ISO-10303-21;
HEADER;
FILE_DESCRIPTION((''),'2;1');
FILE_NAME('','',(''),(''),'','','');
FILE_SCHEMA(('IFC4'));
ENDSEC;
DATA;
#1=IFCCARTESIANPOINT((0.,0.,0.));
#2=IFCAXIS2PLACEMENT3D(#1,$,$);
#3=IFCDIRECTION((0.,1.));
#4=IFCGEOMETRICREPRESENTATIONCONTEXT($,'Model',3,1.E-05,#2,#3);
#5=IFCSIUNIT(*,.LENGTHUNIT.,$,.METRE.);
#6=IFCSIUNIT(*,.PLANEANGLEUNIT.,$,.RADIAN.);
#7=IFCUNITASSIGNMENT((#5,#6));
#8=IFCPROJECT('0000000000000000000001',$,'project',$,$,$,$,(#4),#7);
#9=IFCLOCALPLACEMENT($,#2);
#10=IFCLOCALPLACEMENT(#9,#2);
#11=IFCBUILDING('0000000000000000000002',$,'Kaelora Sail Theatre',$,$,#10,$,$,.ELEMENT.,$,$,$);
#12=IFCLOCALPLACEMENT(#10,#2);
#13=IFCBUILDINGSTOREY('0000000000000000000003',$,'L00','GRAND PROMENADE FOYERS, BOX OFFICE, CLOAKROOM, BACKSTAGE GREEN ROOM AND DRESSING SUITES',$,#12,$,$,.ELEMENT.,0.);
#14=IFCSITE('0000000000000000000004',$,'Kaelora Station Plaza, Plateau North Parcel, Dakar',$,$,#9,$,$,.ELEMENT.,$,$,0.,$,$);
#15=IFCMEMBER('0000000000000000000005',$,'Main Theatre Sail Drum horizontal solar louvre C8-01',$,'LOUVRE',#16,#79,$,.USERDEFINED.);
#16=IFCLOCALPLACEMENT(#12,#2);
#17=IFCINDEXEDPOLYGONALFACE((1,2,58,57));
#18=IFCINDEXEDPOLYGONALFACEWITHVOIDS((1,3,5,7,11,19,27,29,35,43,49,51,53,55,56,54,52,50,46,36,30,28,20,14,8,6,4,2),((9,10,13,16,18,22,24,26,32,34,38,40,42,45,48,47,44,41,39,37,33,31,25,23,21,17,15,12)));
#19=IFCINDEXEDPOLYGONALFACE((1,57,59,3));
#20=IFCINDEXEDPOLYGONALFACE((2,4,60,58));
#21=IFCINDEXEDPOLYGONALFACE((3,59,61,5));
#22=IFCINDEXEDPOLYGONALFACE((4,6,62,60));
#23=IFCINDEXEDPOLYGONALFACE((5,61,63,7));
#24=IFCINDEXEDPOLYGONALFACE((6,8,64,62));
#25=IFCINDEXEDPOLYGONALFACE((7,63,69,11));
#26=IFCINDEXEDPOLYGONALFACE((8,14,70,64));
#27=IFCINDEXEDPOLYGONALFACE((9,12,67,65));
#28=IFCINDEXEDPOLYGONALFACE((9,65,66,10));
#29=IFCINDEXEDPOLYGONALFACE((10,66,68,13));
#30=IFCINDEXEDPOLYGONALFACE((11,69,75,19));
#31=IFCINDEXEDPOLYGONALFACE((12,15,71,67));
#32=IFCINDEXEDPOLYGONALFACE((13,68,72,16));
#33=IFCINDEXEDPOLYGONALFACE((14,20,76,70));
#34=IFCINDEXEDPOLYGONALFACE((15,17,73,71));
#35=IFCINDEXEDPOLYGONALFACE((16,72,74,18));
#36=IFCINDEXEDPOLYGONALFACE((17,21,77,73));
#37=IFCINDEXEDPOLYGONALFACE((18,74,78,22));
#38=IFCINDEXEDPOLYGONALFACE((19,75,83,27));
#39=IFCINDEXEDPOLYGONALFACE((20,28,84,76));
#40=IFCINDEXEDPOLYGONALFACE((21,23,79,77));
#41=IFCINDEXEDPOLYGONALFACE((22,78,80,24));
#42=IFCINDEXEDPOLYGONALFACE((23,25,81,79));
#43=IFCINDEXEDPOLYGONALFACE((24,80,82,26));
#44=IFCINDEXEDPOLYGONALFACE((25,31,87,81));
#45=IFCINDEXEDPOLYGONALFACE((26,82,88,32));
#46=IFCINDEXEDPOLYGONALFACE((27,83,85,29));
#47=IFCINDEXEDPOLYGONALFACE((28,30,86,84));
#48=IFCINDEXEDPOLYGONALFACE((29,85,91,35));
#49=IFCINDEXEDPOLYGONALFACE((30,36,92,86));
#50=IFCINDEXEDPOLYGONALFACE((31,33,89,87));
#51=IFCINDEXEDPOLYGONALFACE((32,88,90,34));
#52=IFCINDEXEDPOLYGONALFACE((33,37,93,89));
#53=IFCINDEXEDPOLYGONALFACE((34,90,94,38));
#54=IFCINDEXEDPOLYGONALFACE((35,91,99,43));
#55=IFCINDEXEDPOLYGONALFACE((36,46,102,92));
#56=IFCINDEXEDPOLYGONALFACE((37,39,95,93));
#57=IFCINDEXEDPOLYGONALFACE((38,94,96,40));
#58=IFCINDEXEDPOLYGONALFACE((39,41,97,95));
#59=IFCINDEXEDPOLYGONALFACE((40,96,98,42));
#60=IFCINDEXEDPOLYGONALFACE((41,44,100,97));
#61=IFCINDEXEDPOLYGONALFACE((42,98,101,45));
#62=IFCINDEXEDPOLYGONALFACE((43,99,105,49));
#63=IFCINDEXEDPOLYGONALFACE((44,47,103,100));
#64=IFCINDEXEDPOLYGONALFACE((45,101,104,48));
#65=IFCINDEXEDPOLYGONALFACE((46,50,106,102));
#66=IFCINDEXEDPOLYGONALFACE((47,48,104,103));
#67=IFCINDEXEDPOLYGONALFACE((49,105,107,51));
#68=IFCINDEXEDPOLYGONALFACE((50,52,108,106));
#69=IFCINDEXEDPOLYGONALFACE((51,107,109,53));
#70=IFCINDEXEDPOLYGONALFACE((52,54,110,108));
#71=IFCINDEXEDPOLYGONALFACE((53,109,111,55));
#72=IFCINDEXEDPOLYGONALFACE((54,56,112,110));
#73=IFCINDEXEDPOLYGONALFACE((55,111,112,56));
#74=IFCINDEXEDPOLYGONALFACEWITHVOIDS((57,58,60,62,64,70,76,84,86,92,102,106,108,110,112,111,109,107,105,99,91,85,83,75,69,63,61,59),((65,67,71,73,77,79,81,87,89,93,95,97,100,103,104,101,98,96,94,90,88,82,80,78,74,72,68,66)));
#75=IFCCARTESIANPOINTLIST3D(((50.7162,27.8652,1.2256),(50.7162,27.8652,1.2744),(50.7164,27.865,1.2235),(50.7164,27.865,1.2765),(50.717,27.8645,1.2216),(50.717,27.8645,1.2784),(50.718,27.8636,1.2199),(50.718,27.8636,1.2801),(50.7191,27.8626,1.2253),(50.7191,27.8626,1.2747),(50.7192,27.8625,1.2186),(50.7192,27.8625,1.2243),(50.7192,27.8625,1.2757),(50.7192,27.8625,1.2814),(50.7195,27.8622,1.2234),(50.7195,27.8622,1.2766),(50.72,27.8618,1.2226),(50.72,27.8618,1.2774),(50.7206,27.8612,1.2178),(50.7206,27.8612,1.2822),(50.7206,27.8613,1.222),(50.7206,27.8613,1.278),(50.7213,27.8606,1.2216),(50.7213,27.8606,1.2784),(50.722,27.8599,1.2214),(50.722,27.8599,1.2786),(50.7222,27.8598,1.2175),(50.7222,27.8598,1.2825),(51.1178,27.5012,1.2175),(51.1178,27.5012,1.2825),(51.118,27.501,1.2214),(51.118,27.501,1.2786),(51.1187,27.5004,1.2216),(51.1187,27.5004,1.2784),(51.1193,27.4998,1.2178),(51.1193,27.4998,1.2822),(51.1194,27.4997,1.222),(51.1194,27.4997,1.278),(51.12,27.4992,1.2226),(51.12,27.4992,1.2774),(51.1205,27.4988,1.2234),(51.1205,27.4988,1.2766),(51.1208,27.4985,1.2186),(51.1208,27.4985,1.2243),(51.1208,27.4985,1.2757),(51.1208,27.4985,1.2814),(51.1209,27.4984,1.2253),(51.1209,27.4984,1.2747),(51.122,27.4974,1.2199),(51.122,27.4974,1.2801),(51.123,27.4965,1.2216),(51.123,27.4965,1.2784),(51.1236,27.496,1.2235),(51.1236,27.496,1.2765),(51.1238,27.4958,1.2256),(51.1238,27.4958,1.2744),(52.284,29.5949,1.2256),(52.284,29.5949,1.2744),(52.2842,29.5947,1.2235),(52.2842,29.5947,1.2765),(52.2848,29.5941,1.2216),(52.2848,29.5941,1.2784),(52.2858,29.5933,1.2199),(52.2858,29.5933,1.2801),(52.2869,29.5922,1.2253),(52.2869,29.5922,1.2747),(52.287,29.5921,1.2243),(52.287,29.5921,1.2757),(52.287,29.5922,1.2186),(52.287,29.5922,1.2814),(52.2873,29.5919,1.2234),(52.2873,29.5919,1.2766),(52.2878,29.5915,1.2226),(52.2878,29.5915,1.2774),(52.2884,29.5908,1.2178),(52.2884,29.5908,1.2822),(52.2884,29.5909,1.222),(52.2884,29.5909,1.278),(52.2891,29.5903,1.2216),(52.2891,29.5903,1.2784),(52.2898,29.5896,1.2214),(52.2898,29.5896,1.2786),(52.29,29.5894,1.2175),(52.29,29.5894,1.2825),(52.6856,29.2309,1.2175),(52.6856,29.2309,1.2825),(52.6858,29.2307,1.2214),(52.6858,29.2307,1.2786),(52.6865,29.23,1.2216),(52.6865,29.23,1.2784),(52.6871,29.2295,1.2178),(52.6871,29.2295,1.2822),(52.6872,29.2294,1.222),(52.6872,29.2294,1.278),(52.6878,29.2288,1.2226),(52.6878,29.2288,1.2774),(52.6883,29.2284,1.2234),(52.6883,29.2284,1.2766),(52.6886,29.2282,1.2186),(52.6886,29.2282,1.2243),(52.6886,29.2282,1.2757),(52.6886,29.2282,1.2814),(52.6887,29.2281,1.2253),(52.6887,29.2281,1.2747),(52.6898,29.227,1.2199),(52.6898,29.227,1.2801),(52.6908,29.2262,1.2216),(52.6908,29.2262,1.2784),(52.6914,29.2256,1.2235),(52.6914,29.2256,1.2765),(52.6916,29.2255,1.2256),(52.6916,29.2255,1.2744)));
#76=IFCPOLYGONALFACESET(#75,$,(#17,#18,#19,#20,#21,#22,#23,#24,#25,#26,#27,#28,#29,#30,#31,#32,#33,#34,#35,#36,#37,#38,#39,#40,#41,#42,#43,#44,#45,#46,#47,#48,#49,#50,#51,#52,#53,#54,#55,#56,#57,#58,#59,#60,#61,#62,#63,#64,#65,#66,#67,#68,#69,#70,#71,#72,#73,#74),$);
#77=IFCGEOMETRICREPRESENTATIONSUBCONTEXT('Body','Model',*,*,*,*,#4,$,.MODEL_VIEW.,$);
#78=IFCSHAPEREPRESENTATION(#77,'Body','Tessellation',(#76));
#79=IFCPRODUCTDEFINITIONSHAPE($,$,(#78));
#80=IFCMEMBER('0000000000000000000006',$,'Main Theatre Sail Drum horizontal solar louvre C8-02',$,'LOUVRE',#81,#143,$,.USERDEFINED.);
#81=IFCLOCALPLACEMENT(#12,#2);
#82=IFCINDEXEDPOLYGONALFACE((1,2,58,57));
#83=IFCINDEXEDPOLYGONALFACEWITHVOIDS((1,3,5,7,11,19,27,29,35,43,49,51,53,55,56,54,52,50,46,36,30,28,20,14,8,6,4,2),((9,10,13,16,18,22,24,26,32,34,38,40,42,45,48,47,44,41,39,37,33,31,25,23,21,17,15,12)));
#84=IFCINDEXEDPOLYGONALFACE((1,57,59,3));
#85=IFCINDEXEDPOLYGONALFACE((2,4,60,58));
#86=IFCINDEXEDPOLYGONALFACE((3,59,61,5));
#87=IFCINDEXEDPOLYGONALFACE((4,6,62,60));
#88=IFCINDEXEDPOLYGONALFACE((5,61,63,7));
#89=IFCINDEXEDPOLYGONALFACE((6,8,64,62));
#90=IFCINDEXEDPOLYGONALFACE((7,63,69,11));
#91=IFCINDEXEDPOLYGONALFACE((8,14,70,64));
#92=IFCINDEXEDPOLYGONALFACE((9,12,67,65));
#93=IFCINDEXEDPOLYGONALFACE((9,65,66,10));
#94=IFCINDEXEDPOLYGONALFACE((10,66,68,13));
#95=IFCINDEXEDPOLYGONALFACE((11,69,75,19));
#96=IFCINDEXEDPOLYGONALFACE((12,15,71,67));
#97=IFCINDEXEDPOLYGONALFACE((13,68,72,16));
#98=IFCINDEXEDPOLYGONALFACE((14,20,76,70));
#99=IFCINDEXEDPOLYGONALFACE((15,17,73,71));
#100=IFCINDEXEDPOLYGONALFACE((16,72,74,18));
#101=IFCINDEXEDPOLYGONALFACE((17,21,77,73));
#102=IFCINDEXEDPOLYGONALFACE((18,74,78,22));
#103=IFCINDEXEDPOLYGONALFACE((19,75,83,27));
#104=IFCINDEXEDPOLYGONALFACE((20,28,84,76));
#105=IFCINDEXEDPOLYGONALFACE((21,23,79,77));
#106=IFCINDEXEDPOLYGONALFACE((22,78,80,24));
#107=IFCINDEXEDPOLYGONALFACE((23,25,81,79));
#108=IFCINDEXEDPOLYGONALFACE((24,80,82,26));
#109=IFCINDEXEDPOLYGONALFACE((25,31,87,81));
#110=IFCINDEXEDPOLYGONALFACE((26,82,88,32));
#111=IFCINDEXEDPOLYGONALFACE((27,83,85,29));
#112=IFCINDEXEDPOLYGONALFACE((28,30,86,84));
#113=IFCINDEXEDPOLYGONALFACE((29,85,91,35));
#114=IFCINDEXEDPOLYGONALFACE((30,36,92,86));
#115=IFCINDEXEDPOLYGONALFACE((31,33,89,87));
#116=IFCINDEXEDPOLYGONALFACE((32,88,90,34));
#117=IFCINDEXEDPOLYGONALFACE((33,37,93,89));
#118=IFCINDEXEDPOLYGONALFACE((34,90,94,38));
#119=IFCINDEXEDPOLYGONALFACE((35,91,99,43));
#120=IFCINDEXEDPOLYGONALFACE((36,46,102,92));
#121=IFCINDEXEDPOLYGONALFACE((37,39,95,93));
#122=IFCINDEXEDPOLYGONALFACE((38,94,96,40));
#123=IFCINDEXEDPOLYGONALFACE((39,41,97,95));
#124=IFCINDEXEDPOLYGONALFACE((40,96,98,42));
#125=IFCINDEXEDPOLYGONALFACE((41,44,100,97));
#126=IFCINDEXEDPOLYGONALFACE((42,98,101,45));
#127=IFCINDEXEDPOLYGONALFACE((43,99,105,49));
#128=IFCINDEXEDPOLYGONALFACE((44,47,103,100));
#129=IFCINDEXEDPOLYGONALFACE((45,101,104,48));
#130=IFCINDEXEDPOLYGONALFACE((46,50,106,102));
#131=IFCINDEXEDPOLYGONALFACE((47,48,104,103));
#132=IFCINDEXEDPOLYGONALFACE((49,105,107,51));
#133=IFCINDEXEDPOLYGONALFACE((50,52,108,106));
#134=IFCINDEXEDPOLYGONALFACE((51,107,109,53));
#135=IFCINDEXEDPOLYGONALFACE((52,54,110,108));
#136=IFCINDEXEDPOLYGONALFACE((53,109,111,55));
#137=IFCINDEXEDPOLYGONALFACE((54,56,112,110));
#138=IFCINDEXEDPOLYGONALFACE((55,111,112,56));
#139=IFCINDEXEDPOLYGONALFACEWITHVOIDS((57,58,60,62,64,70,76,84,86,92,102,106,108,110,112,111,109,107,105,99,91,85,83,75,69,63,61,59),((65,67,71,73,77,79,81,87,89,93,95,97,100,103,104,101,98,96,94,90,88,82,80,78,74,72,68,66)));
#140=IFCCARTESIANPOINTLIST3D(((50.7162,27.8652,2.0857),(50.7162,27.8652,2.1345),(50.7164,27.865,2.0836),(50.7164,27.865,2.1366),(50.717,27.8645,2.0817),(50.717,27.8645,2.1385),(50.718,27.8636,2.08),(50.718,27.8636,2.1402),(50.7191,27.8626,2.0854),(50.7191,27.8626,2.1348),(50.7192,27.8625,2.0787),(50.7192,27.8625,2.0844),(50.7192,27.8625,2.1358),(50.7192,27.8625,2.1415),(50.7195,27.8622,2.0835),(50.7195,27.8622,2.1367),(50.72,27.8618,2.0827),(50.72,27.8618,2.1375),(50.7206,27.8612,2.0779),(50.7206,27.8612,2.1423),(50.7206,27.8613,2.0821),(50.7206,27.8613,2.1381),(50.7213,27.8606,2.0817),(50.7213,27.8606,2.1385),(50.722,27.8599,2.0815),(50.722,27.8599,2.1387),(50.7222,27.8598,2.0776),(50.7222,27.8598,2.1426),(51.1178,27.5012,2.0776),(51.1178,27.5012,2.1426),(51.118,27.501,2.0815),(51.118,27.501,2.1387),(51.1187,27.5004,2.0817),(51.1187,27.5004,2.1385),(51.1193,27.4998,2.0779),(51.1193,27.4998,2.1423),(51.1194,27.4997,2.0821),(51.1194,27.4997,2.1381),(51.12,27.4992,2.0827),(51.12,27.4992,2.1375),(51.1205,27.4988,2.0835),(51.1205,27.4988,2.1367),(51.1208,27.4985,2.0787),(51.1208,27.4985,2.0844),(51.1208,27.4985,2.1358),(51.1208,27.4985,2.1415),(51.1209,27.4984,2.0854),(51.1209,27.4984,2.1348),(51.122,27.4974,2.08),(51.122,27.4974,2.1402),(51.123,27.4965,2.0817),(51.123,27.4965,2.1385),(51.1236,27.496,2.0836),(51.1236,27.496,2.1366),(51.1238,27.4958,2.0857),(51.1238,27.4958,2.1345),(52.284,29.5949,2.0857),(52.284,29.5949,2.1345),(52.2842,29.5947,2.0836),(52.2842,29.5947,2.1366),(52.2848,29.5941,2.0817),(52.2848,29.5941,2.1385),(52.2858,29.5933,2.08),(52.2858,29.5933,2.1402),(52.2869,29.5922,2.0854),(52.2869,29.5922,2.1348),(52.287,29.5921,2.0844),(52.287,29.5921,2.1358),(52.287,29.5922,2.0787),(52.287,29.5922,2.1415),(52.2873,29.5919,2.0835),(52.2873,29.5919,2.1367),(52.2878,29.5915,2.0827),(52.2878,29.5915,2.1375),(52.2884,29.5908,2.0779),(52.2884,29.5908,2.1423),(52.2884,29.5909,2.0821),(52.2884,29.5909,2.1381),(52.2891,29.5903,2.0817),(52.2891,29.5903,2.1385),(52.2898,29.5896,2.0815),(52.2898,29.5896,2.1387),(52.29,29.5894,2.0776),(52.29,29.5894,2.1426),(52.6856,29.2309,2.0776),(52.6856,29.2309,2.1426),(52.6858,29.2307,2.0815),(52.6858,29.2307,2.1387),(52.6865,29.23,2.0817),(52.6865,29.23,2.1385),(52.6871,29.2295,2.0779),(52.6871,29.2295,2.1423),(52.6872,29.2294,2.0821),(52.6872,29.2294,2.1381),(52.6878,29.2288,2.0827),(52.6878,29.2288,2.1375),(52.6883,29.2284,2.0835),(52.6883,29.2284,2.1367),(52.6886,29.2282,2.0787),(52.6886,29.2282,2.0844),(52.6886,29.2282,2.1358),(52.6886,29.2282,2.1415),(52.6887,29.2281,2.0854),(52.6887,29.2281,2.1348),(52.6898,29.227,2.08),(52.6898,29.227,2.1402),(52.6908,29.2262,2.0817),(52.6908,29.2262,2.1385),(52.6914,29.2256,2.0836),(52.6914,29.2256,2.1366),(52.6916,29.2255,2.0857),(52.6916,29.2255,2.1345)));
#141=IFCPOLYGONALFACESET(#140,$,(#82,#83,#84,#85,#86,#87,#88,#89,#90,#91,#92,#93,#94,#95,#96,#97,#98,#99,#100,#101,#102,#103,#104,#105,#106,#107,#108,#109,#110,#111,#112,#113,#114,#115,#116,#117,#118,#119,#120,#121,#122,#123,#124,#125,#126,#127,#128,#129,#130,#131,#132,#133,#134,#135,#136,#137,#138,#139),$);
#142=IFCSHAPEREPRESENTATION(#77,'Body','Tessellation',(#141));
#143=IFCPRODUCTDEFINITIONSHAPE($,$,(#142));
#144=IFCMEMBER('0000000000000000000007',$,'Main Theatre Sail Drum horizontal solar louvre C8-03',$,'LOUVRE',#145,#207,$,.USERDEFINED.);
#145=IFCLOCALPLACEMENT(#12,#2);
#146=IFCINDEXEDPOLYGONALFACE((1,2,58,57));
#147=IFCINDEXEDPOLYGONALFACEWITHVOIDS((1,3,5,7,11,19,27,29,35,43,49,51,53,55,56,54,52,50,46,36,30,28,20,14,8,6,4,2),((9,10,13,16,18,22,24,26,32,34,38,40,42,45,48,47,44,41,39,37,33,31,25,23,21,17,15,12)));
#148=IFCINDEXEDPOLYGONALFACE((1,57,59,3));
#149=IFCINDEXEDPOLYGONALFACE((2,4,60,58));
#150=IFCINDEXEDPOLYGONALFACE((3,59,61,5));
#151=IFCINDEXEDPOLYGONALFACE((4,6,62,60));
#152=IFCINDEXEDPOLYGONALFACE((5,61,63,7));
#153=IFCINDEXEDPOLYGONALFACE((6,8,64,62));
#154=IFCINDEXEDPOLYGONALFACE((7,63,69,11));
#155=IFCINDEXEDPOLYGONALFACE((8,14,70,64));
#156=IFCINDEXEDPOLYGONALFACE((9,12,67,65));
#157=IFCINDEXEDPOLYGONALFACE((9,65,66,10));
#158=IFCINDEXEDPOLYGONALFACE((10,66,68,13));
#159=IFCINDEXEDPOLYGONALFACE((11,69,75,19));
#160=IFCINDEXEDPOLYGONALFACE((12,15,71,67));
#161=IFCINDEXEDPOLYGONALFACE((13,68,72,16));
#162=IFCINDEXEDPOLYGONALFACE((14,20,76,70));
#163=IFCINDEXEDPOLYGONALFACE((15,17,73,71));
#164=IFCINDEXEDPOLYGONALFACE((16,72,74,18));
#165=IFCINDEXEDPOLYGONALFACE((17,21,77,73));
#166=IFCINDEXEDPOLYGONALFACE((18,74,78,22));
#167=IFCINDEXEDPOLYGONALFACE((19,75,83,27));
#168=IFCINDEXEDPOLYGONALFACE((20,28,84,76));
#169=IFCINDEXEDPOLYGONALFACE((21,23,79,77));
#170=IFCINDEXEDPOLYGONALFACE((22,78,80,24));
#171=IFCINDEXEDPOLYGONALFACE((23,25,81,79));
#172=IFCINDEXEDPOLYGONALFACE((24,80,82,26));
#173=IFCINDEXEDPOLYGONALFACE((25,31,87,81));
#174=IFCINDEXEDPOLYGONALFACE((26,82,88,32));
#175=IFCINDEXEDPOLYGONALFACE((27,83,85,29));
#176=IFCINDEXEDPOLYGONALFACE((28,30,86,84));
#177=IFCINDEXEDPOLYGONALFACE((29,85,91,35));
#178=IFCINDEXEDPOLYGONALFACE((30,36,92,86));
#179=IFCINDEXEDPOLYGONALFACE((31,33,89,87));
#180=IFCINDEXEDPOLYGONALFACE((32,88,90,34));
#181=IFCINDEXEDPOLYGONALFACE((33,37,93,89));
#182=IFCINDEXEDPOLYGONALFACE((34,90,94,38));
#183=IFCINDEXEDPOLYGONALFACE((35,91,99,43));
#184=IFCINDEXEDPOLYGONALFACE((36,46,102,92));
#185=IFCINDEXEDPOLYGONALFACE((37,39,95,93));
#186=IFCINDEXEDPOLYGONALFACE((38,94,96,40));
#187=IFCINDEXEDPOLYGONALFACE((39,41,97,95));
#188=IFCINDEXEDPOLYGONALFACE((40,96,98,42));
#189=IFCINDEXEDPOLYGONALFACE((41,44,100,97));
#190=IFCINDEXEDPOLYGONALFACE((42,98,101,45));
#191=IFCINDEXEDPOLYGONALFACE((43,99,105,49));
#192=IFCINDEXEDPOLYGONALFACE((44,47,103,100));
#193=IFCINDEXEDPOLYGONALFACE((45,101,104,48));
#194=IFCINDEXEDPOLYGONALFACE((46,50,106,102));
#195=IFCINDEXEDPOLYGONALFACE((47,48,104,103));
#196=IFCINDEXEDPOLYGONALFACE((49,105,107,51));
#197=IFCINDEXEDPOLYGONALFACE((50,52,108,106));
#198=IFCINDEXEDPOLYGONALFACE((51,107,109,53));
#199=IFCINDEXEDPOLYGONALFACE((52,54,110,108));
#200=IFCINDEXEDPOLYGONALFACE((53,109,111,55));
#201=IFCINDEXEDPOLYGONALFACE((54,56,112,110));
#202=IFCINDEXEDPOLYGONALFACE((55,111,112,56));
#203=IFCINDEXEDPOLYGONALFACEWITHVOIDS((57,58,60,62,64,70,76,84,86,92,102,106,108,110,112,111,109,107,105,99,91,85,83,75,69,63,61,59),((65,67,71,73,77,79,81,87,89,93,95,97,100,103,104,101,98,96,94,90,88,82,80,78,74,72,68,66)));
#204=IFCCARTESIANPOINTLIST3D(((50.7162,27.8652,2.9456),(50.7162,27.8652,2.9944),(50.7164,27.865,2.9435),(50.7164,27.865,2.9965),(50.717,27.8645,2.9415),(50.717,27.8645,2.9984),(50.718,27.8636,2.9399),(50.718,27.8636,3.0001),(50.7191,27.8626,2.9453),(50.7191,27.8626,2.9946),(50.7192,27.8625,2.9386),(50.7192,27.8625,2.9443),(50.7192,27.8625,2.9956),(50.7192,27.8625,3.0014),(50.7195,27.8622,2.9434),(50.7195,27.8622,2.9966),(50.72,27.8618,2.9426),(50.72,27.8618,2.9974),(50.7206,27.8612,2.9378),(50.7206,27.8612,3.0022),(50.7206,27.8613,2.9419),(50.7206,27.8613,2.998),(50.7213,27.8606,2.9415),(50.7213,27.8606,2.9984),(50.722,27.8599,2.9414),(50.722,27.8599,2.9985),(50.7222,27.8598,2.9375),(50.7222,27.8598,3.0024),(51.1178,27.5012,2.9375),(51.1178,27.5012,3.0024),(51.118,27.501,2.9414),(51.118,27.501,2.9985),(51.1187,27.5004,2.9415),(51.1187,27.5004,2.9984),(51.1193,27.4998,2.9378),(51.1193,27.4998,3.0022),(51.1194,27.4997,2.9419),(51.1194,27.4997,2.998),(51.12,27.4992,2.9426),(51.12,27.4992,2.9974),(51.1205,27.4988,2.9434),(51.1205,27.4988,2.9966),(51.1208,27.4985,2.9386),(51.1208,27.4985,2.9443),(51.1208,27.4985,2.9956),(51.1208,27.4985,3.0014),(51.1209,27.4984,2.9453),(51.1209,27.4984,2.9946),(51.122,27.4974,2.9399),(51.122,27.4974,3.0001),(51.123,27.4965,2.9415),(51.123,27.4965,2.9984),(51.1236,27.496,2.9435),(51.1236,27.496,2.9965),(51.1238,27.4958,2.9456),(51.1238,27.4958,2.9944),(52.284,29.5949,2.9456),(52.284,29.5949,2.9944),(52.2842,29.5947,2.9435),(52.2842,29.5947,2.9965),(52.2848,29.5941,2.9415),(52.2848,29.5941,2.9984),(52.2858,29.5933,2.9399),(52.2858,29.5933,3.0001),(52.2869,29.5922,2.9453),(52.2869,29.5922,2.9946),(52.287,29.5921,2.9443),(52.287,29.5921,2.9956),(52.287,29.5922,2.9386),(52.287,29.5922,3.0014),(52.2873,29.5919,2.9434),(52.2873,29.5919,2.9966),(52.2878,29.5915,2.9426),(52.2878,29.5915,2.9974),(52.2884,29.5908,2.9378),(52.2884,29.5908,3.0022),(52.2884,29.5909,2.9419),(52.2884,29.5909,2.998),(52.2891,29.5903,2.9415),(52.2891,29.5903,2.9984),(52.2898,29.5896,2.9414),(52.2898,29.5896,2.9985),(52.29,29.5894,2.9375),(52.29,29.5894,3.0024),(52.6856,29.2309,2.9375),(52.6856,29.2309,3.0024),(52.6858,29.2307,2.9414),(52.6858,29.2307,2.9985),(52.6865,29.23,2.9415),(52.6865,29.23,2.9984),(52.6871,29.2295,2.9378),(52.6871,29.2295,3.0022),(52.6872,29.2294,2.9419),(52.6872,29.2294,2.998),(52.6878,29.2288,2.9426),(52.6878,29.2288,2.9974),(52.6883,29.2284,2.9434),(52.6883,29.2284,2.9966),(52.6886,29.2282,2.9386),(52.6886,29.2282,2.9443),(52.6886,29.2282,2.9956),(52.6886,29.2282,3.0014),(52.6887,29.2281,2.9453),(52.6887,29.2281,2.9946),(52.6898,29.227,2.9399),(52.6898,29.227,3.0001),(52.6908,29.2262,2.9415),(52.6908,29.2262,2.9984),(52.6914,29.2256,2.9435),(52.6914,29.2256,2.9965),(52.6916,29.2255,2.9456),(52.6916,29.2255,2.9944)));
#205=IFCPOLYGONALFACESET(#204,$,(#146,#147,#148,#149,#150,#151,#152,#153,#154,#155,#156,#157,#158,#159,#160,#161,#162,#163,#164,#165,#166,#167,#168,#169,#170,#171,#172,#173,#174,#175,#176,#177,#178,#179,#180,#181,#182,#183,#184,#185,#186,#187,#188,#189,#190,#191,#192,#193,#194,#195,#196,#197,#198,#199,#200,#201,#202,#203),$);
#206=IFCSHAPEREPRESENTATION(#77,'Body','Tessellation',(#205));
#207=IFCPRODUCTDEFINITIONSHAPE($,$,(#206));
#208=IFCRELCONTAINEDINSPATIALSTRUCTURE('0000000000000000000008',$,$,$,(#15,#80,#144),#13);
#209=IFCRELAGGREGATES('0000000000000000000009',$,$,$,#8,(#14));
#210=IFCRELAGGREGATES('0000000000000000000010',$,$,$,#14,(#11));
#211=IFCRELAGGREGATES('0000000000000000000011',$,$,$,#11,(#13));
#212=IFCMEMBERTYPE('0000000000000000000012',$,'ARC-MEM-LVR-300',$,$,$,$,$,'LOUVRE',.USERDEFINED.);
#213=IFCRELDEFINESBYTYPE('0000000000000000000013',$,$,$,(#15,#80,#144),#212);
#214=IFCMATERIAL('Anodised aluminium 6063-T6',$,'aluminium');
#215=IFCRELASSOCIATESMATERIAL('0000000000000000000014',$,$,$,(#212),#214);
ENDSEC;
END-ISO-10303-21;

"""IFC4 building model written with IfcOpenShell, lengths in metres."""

from ifc_helpers import new_model, si_unit, direction, frame, origin, origin_2d, place, context, subcontext, project, spatial, hollow_rectangle, extrude, material, material_profile, profile_set, type_object, element, save


model = new_model("IFC4")

# Units and contexts
model_context = context("Model", 3, precision=1e-05, world=origin(), true_north=direction((0.0, 1.0)))
body_context = subcontext(model_context, "Body", "Model", "MODEL_VIEW")
ifc_project = project(units=[si_unit("LENGTHUNIT", "METRE"), si_unit("PLANEANGLEUNIT", "RADIAN")], contexts=[model_context])

# Site, building, storey
site_placement = place(None, origin())
site = spatial("IfcSite", under=ifc_project, at=site_placement, Name="Kaelora Station Plaza, Plateau North Parcel, Dakar", CompositionType="ELEMENT", RefElevation=0.0)
building_placement = place(site_placement, origin())
building = spatial("IfcBuilding", under=site, at=building_placement, Name="Kaelora Sail Theatre", CompositionType="ELEMENT")
storey_placement = place(building_placement, origin())
storey = spatial("IfcBuildingStorey", under=building, at=storey_placement, Name="L00", Description="GRAND PROMENADE FOYERS, BOX OFFICE, CLOAKROOM, BACKSTAGE GREEN ROOM AND DRESSING SUITES", CompositionType="ELEMENT", Elevation=0.0)

# Members
ifc_material_1 = material(Name="Anodised aluminium 6063-T6", Category="aluminium")
ifc_material_profile_1 = material_profile(ifc_material_1, hollow_rectangle(XDim=0.55, YDim=0.0649, WallThickness=0.0039, InnerFilletRadius=0.0039, OuterFilletRadius=0.0081, at=origin_2d()), Name="LOUVRE 550x65x4")
ifc_profile_set_1 = profile_set([ifc_material_profile_1], Name="Anodised aluminium 6063-T6")
member_type_1 = type_object("IfcMemberType", Name="ARC-MEM-LVR-300", ElementType="LOUVRE", PredefinedType="USERDEFINED", material=ifc_profile_set_1)
for number, where, z_axis, x_axis, name in (
    (1, (52.4878, 29.4102, 1.25), (-0.671589, -0.740924, 0.0), (0.740924, -0.671589, 0.0), "Main Theatre Sail Drum horizontal solar louvre C8-01"),
    (2, (52.4878, 29.4102, 2.1101), (-0.671589, -0.740924, 0.0), (0.740924, -0.671589, 0.0), "Main Theatre Sail Drum horizontal solar louvre C8-02"),
    (3, (52.4878, 29.4102, 2.97), (-0.671589, -0.740924, 0.0), (0.740924, -0.671589, 0.0), "Main Theatre Sail Drum horizontal solar louvre C8-03"),
):
    element("IfcMember", number, at=place(storey_placement, frame(where, z_axis=z_axis, x_axis=x_axis)), inside=storey, type_object=member_type_1, Name=name, ObjectType="LOUVRE", PredefinedType="USERDEFINED", context=body_context, shape_type="SweptSolid", body=[
        extrude(hollow_rectangle(XDim=0.55, YDim=0.0649, WallThickness=0.0039, InnerFilletRadius=0.0039, OuterFilletRadius=0.0081, at=origin_2d()), origin(), (0.0, 0.0, 1.0), 2.3345),
    ])

save(model, "model.ifc")
